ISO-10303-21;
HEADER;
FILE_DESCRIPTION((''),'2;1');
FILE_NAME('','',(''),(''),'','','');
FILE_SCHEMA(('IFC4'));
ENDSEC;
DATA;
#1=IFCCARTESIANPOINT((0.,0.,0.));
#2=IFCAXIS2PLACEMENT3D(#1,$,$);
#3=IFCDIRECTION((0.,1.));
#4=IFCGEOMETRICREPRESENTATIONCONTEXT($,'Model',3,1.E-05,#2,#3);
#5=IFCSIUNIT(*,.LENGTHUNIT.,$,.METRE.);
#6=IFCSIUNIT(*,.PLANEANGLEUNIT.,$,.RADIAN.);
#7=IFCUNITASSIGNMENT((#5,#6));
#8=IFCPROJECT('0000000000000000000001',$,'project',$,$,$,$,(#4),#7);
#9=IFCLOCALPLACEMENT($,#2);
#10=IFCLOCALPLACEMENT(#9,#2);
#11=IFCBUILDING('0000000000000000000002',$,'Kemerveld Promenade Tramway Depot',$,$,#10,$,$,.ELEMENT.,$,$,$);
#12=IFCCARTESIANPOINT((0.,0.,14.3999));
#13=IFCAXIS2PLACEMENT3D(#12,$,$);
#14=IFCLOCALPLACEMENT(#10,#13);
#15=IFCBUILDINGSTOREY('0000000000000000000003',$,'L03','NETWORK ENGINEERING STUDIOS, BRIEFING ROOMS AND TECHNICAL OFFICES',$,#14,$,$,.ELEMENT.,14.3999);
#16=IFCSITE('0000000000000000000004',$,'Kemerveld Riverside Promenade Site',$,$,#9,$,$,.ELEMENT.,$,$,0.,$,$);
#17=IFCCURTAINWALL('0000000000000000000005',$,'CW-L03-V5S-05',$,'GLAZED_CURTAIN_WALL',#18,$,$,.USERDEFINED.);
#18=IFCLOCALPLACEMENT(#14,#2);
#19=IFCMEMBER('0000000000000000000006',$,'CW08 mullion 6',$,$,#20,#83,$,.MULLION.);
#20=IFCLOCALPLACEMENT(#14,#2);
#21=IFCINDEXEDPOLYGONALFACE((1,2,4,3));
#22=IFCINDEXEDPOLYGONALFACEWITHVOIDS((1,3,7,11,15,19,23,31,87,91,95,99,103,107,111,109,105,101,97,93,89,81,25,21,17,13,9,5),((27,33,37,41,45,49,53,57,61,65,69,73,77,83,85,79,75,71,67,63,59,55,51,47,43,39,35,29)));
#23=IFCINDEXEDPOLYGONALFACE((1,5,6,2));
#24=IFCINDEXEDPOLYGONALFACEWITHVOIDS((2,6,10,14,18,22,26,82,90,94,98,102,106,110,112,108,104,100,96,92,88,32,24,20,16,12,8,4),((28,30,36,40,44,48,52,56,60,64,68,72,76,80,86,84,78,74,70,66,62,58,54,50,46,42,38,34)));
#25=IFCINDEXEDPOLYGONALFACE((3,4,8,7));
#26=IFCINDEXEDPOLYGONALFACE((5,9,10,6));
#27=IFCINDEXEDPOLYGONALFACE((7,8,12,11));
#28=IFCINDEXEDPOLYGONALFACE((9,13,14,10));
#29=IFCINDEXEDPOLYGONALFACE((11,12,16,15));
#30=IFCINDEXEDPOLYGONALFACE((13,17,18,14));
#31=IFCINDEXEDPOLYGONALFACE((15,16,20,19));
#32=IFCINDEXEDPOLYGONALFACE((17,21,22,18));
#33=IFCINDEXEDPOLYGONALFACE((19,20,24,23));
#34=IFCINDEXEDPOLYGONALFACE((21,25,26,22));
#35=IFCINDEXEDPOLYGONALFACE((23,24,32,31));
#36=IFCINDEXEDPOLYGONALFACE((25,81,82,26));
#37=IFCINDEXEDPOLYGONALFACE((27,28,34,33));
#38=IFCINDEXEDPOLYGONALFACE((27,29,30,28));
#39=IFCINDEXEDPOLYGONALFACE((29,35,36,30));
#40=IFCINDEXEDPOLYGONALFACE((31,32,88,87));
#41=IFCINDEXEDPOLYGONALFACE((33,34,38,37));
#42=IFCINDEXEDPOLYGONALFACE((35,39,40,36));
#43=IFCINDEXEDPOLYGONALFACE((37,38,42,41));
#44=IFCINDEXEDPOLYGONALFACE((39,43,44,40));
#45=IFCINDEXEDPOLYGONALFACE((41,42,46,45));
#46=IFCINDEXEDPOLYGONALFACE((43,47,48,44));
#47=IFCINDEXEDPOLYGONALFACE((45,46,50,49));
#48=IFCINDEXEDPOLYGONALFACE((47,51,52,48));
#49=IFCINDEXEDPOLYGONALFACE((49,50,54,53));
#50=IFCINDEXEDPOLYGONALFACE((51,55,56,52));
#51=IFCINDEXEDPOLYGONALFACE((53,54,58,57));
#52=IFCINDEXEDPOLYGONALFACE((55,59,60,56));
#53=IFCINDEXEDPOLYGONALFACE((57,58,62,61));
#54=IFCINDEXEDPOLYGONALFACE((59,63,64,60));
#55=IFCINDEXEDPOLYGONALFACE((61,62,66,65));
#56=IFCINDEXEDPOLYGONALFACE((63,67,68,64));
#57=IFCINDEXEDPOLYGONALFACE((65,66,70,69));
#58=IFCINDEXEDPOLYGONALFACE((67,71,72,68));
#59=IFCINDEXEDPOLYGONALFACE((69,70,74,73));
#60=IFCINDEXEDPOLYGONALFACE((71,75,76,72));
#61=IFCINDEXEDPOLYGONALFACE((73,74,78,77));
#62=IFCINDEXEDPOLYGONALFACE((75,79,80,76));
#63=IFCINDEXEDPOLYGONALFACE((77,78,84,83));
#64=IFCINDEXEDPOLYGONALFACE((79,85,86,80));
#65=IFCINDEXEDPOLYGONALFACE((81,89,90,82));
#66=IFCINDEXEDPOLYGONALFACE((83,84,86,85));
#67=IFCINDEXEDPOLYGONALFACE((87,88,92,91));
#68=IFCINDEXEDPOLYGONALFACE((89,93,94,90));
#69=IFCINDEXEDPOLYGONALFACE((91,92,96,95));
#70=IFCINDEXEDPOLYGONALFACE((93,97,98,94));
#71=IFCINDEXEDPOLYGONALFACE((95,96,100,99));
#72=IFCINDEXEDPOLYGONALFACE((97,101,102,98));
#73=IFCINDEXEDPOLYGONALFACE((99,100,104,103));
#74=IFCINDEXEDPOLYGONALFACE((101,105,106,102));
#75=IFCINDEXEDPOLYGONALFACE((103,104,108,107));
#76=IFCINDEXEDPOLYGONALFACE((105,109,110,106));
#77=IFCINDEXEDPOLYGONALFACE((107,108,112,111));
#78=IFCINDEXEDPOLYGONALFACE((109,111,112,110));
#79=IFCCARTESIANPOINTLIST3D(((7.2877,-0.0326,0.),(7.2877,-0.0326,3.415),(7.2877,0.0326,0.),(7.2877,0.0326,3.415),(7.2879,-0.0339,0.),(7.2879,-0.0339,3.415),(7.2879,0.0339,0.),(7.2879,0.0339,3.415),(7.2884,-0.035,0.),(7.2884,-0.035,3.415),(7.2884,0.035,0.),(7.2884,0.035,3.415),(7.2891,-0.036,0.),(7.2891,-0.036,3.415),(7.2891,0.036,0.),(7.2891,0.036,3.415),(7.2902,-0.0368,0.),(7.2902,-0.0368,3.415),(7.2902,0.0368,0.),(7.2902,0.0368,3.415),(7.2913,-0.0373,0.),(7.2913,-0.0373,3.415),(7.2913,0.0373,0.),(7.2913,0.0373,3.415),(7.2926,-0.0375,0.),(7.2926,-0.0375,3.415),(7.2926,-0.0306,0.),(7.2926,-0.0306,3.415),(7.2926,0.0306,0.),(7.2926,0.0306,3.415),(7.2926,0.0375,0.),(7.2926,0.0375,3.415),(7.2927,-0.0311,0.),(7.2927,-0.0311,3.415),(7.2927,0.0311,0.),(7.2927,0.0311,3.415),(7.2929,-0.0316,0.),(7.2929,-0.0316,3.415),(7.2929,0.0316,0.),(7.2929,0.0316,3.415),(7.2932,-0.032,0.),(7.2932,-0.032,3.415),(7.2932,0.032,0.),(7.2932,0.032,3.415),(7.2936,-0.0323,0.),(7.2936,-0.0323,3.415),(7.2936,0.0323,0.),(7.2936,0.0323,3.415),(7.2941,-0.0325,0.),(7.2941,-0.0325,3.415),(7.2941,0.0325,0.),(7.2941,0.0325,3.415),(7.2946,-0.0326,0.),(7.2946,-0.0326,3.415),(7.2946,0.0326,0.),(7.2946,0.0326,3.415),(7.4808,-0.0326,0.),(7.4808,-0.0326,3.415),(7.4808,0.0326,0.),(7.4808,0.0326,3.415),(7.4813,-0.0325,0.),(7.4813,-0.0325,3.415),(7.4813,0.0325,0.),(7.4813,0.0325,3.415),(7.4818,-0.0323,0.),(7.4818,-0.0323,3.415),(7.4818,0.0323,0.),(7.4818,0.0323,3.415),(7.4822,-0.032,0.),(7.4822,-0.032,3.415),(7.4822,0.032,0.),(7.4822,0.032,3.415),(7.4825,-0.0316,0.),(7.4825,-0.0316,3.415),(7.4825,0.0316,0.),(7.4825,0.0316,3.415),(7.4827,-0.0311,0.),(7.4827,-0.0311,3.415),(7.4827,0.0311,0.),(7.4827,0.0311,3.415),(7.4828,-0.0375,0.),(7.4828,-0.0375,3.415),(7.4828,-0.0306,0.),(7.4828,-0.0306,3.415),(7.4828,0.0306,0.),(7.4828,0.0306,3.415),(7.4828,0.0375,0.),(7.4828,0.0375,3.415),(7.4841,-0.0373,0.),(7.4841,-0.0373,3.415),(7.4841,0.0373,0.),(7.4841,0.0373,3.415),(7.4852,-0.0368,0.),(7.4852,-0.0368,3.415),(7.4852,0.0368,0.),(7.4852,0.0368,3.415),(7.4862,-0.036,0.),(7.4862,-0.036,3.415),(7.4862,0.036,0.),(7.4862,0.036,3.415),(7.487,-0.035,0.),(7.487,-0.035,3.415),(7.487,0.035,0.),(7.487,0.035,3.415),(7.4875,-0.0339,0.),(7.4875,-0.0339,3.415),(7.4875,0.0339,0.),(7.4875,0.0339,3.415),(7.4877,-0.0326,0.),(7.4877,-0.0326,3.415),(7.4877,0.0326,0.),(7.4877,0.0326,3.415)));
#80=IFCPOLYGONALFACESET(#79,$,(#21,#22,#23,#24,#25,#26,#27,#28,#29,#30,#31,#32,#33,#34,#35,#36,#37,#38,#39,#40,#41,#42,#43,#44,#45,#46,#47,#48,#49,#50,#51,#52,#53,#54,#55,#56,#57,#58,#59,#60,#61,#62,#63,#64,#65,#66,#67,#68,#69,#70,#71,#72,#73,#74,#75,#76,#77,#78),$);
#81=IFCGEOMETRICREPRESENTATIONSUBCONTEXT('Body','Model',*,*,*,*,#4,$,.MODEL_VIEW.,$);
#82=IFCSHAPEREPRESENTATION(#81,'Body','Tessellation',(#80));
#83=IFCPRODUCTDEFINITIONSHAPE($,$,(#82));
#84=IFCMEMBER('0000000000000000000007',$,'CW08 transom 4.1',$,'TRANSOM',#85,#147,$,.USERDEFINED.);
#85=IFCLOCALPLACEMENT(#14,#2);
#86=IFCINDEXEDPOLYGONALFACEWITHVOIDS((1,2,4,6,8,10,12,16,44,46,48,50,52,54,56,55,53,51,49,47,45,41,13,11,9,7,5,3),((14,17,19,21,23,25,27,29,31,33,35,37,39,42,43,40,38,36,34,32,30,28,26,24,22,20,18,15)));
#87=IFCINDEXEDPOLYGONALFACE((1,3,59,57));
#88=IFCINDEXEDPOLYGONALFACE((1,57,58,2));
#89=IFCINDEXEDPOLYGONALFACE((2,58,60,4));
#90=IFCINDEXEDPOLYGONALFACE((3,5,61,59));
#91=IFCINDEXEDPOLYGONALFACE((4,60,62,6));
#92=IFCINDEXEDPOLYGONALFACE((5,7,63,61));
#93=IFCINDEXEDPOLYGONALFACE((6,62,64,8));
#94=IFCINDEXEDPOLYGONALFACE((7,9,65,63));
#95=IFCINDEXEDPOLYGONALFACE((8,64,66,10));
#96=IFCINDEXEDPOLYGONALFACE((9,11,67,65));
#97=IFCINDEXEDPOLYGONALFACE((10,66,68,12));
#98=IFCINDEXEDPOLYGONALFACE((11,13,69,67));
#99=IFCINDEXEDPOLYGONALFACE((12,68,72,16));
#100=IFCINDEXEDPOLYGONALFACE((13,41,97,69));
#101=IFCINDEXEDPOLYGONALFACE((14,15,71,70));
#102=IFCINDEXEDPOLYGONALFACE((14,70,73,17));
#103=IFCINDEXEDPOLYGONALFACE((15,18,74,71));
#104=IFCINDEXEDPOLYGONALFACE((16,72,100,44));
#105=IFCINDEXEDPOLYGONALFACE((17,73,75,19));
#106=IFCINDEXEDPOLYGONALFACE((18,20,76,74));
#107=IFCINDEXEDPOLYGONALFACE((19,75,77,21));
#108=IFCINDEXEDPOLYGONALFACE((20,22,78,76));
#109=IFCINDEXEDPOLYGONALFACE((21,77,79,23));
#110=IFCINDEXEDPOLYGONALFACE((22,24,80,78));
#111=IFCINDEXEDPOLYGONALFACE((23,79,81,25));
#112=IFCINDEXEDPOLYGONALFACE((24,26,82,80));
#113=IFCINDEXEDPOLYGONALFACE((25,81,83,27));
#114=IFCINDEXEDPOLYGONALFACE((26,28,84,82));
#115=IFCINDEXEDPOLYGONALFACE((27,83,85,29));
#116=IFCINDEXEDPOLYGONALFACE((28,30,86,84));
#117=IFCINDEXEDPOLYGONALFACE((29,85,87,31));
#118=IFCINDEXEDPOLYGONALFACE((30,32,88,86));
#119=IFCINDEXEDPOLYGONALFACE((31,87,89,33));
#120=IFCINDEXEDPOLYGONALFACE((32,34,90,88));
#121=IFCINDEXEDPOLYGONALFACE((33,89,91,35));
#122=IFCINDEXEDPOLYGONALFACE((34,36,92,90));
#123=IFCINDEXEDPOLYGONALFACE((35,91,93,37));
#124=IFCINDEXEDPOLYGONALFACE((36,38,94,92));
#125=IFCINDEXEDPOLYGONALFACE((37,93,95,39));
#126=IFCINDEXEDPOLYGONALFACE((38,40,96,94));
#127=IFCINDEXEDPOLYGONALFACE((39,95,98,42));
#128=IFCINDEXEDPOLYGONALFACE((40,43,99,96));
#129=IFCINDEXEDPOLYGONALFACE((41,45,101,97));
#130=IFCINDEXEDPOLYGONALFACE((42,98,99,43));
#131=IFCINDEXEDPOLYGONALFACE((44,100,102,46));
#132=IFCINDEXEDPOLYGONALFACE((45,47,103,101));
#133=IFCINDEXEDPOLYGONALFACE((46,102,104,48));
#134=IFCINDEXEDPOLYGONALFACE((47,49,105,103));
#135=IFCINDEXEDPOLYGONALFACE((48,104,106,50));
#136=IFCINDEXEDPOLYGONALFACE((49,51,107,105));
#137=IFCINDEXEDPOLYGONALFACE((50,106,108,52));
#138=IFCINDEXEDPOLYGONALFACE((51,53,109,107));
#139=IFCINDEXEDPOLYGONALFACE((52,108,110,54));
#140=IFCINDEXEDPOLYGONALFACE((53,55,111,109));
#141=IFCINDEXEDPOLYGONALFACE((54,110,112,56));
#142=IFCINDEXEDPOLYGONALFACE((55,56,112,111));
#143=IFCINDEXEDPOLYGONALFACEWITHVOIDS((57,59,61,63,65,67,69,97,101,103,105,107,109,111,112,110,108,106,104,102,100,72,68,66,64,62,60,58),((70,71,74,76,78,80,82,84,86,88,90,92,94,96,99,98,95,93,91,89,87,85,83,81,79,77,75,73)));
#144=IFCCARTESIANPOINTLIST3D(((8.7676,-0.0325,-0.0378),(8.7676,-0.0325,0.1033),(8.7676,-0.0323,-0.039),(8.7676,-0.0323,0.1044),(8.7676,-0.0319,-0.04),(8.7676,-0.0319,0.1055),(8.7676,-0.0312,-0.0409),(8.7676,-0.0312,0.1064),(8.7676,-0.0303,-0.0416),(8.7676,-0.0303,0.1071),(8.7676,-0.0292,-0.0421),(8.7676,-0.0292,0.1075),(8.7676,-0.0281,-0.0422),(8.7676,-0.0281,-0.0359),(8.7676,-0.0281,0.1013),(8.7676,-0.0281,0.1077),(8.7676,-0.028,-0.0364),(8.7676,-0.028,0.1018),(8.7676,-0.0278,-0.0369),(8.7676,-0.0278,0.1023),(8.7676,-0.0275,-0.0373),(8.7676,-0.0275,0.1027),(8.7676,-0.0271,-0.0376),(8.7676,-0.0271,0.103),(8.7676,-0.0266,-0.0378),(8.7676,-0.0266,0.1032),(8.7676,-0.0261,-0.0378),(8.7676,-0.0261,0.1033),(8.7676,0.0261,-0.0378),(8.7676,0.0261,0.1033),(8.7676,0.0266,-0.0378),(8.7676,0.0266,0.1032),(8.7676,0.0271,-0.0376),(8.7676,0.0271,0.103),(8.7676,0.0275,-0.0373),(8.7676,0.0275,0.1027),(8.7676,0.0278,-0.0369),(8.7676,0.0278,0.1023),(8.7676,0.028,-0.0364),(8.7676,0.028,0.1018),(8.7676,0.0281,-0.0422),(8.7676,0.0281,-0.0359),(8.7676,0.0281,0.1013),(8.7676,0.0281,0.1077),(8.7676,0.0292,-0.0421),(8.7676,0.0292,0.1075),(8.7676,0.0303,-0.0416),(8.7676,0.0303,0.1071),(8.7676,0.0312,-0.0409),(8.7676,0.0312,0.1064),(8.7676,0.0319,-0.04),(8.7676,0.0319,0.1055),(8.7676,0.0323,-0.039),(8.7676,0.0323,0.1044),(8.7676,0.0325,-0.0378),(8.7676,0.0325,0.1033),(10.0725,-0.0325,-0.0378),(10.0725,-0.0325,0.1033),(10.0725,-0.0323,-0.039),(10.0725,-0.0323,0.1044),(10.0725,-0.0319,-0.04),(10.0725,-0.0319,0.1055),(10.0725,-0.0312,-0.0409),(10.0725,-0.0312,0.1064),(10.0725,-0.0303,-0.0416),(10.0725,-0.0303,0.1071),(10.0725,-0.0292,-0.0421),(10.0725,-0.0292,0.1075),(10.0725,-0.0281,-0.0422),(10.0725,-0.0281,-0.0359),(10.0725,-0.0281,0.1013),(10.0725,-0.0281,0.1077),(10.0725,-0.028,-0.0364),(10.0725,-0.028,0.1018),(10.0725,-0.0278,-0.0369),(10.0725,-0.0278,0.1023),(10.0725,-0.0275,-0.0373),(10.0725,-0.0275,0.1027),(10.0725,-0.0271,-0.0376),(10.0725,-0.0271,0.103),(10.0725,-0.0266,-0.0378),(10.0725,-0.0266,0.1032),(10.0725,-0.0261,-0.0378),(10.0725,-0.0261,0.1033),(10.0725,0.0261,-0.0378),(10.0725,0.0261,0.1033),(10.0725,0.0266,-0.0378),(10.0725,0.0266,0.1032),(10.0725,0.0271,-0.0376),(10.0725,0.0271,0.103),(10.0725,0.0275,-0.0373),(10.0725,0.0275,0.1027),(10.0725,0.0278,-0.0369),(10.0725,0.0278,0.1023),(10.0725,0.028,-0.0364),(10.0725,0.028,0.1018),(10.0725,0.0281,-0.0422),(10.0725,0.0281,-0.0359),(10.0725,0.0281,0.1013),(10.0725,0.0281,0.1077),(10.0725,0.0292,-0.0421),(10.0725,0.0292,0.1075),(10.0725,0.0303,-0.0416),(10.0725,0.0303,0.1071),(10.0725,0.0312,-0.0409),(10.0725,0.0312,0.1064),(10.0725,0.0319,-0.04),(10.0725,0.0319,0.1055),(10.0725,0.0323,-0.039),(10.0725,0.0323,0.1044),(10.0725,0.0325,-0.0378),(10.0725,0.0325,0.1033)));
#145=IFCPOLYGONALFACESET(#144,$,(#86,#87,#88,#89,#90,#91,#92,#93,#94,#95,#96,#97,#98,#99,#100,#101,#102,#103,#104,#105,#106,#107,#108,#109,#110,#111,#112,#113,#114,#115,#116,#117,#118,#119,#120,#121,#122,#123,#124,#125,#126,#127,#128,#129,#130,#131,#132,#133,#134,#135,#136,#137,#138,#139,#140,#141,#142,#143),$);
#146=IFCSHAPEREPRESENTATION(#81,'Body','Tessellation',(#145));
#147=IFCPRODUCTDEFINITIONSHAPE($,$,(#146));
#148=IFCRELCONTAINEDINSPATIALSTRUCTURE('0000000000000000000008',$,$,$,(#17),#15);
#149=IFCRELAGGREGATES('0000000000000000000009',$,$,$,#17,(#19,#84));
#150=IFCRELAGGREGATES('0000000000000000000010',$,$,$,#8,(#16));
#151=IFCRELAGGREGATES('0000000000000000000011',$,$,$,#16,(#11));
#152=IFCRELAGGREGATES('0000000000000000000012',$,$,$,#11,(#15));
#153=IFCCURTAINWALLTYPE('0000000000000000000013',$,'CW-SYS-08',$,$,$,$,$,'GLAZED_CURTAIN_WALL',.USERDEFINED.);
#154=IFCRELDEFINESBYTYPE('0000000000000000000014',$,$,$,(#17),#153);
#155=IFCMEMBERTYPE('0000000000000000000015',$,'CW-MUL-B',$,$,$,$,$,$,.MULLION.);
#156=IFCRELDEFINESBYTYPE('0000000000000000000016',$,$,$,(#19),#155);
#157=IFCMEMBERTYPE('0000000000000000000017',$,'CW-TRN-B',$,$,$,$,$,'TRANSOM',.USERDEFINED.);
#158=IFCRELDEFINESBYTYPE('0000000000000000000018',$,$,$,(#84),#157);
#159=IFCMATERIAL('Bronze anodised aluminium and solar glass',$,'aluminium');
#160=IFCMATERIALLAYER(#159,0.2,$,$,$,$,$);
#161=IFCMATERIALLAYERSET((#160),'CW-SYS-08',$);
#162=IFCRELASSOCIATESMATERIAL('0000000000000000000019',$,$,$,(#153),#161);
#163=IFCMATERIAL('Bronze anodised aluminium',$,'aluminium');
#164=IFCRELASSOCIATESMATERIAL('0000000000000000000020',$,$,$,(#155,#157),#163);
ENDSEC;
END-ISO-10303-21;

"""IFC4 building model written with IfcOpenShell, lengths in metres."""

from ifc_helpers import new_model, si_unit, direction, frame, origin, origin_2d, place, context, subcontext, project, spatial, hollow_rectangle, extrude, material, layer, layer_set, material_profile, profile_set, type_object, element, aggregate, save


model = new_model("IFC4")

# Units and contexts
model_context = context("Model", 3, precision=1e-05, world=origin(), true_north=direction((0.0, 1.0)))
body_context = subcontext(model_context, "Body", "Model", "MODEL_VIEW")
ifc_project = project(units=[si_unit("LENGTHUNIT", "METRE"), si_unit("PLANEANGLEUNIT", "RADIAN")], contexts=[model_context])

# Site, building, storey
site_placement = place(None, origin())
site = spatial("IfcSite", under=ifc_project, at=site_placement, Name="Kemerveld Riverside Promenade Site", CompositionType="ELEMENT", RefElevation=0.0)
building_placement = place(site_placement, origin())
building = spatial("IfcBuilding", under=site, at=building_placement, Name="Kemerveld Promenade Tramway Depot", CompositionType="ELEMENT")
storey_placement = place(building_placement, frame((0.0, 0.0, 14.3999)))
storey = spatial("IfcBuildingStorey", under=building, at=storey_placement, Name="L03", Description="NETWORK ENGINEERING STUDIOS, BRIEFING ROOMS AND TECHNICAL OFFICES", CompositionType="ELEMENT", Elevation=14.3999)

# Curtain wall, members
ifc_material_1 = material(Name="Bronze anodised aluminium and solar glass", Category="aluminium")
ifc_layer_1 = layer(ifc_material_1, 0.2)
ifc_layer_set_1 = layer_set([ifc_layer_1], Name="CW-SYS-08")
curtain_wall_type = type_object("IfcCurtainWallType", Name="CW-SYS-08", ElementType="GLAZED_CURTAIN_WALL", PredefinedType="USERDEFINED", material=ifc_layer_set_1)
curtain_wall_placement = place(storey_placement, origin())
curtain_wall = element("IfcCurtainWall", 1, at=curtain_wall_placement, inside=storey, type_object=curtain_wall_type, Name="CW-L03-V5S-05", ObjectType="GLAZED_CURTAIN_WALL", PredefinedType="USERDEFINED")
ifc_material_2 = material(Name="Bronze anodised aluminium", Category="aluminium")
ifc_material_profile_1 = material_profile(ifc_material_2, hollow_rectangle(XDim=0.075, YDim=0.2, WallThickness=0.0049, InnerFilletRadius=0.002, OuterFilletRadius=0.0049, at=origin_2d()), Name="CW-MUL-200x75")
ifc_profile_set_1 = profile_set([ifc_material_profile_1], Name="Bronze anodised aluminium")
member_type_1 = type_object("IfcMemberType", Name="CW-MUL-B", PredefinedType="MULLION", material=ifc_profile_set_1)
member_1_placement = place(storey_placement, frame((7.3877, 0.0, 0.0), z_axis=(0.0, 0.0, 1.0), x_axis=(0.0, -1.0, 0.0)))
member_1 = element("IfcMember", 2, at=member_1_placement, type_object=member_type_1, Name="CW08 mullion 6", PredefinedType="MULLION", context=body_context, shape_type="SweptSolid", body=[
    extrude(hollow_rectangle(XDim=0.075, YDim=0.2, WallThickness=0.0049, InnerFilletRadius=0.002, OuterFilletRadius=0.0049, at=origin_2d()), origin(), (0.0, 0.0, 1.0), 3.415),
])
ifc_material_profile_2 = material_profile(ifc_material_2, hollow_rectangle(XDim=0.0649, YDim=0.1499, WallThickness=0.0044, InnerFilletRadius=0.002, OuterFilletRadius=0.0044, at=origin_2d()), Name="CW-TRN-150x65")
ifc_profile_set_2 = profile_set([ifc_material_profile_2], Name="Bronze anodised aluminium")
member_type_2 = type_object("IfcMemberType", Name="CW-TRN-B", ElementType="TRANSOM", PredefinedType="USERDEFINED", material=ifc_profile_set_2)
member_2_placement = place(storey_placement, frame((10.0725, 0.0, 0.0327), z_axis=(-1.0, 0.0, 0.0), x_axis=(0.0, -1.0, 0.0)))
member_2 = element("IfcMember", 3, at=member_2_placement, type_object=member_type_2, Name="CW08 transom 4.1", ObjectType="TRANSOM", PredefinedType="USERDEFINED", context=body_context, shape_type="SweptSolid", body=[
    extrude(hollow_rectangle(XDim=0.0649, YDim=0.1499, WallThickness=0.0044, InnerFilletRadius=0.002, OuterFilletRadius=0.0044, at=origin_2d()), origin(), (0.0, 0.0, 1.0), 1.3049),
])
aggregate(curtain_wall, [member_1, member_2])

save(model, "model.ifc")
